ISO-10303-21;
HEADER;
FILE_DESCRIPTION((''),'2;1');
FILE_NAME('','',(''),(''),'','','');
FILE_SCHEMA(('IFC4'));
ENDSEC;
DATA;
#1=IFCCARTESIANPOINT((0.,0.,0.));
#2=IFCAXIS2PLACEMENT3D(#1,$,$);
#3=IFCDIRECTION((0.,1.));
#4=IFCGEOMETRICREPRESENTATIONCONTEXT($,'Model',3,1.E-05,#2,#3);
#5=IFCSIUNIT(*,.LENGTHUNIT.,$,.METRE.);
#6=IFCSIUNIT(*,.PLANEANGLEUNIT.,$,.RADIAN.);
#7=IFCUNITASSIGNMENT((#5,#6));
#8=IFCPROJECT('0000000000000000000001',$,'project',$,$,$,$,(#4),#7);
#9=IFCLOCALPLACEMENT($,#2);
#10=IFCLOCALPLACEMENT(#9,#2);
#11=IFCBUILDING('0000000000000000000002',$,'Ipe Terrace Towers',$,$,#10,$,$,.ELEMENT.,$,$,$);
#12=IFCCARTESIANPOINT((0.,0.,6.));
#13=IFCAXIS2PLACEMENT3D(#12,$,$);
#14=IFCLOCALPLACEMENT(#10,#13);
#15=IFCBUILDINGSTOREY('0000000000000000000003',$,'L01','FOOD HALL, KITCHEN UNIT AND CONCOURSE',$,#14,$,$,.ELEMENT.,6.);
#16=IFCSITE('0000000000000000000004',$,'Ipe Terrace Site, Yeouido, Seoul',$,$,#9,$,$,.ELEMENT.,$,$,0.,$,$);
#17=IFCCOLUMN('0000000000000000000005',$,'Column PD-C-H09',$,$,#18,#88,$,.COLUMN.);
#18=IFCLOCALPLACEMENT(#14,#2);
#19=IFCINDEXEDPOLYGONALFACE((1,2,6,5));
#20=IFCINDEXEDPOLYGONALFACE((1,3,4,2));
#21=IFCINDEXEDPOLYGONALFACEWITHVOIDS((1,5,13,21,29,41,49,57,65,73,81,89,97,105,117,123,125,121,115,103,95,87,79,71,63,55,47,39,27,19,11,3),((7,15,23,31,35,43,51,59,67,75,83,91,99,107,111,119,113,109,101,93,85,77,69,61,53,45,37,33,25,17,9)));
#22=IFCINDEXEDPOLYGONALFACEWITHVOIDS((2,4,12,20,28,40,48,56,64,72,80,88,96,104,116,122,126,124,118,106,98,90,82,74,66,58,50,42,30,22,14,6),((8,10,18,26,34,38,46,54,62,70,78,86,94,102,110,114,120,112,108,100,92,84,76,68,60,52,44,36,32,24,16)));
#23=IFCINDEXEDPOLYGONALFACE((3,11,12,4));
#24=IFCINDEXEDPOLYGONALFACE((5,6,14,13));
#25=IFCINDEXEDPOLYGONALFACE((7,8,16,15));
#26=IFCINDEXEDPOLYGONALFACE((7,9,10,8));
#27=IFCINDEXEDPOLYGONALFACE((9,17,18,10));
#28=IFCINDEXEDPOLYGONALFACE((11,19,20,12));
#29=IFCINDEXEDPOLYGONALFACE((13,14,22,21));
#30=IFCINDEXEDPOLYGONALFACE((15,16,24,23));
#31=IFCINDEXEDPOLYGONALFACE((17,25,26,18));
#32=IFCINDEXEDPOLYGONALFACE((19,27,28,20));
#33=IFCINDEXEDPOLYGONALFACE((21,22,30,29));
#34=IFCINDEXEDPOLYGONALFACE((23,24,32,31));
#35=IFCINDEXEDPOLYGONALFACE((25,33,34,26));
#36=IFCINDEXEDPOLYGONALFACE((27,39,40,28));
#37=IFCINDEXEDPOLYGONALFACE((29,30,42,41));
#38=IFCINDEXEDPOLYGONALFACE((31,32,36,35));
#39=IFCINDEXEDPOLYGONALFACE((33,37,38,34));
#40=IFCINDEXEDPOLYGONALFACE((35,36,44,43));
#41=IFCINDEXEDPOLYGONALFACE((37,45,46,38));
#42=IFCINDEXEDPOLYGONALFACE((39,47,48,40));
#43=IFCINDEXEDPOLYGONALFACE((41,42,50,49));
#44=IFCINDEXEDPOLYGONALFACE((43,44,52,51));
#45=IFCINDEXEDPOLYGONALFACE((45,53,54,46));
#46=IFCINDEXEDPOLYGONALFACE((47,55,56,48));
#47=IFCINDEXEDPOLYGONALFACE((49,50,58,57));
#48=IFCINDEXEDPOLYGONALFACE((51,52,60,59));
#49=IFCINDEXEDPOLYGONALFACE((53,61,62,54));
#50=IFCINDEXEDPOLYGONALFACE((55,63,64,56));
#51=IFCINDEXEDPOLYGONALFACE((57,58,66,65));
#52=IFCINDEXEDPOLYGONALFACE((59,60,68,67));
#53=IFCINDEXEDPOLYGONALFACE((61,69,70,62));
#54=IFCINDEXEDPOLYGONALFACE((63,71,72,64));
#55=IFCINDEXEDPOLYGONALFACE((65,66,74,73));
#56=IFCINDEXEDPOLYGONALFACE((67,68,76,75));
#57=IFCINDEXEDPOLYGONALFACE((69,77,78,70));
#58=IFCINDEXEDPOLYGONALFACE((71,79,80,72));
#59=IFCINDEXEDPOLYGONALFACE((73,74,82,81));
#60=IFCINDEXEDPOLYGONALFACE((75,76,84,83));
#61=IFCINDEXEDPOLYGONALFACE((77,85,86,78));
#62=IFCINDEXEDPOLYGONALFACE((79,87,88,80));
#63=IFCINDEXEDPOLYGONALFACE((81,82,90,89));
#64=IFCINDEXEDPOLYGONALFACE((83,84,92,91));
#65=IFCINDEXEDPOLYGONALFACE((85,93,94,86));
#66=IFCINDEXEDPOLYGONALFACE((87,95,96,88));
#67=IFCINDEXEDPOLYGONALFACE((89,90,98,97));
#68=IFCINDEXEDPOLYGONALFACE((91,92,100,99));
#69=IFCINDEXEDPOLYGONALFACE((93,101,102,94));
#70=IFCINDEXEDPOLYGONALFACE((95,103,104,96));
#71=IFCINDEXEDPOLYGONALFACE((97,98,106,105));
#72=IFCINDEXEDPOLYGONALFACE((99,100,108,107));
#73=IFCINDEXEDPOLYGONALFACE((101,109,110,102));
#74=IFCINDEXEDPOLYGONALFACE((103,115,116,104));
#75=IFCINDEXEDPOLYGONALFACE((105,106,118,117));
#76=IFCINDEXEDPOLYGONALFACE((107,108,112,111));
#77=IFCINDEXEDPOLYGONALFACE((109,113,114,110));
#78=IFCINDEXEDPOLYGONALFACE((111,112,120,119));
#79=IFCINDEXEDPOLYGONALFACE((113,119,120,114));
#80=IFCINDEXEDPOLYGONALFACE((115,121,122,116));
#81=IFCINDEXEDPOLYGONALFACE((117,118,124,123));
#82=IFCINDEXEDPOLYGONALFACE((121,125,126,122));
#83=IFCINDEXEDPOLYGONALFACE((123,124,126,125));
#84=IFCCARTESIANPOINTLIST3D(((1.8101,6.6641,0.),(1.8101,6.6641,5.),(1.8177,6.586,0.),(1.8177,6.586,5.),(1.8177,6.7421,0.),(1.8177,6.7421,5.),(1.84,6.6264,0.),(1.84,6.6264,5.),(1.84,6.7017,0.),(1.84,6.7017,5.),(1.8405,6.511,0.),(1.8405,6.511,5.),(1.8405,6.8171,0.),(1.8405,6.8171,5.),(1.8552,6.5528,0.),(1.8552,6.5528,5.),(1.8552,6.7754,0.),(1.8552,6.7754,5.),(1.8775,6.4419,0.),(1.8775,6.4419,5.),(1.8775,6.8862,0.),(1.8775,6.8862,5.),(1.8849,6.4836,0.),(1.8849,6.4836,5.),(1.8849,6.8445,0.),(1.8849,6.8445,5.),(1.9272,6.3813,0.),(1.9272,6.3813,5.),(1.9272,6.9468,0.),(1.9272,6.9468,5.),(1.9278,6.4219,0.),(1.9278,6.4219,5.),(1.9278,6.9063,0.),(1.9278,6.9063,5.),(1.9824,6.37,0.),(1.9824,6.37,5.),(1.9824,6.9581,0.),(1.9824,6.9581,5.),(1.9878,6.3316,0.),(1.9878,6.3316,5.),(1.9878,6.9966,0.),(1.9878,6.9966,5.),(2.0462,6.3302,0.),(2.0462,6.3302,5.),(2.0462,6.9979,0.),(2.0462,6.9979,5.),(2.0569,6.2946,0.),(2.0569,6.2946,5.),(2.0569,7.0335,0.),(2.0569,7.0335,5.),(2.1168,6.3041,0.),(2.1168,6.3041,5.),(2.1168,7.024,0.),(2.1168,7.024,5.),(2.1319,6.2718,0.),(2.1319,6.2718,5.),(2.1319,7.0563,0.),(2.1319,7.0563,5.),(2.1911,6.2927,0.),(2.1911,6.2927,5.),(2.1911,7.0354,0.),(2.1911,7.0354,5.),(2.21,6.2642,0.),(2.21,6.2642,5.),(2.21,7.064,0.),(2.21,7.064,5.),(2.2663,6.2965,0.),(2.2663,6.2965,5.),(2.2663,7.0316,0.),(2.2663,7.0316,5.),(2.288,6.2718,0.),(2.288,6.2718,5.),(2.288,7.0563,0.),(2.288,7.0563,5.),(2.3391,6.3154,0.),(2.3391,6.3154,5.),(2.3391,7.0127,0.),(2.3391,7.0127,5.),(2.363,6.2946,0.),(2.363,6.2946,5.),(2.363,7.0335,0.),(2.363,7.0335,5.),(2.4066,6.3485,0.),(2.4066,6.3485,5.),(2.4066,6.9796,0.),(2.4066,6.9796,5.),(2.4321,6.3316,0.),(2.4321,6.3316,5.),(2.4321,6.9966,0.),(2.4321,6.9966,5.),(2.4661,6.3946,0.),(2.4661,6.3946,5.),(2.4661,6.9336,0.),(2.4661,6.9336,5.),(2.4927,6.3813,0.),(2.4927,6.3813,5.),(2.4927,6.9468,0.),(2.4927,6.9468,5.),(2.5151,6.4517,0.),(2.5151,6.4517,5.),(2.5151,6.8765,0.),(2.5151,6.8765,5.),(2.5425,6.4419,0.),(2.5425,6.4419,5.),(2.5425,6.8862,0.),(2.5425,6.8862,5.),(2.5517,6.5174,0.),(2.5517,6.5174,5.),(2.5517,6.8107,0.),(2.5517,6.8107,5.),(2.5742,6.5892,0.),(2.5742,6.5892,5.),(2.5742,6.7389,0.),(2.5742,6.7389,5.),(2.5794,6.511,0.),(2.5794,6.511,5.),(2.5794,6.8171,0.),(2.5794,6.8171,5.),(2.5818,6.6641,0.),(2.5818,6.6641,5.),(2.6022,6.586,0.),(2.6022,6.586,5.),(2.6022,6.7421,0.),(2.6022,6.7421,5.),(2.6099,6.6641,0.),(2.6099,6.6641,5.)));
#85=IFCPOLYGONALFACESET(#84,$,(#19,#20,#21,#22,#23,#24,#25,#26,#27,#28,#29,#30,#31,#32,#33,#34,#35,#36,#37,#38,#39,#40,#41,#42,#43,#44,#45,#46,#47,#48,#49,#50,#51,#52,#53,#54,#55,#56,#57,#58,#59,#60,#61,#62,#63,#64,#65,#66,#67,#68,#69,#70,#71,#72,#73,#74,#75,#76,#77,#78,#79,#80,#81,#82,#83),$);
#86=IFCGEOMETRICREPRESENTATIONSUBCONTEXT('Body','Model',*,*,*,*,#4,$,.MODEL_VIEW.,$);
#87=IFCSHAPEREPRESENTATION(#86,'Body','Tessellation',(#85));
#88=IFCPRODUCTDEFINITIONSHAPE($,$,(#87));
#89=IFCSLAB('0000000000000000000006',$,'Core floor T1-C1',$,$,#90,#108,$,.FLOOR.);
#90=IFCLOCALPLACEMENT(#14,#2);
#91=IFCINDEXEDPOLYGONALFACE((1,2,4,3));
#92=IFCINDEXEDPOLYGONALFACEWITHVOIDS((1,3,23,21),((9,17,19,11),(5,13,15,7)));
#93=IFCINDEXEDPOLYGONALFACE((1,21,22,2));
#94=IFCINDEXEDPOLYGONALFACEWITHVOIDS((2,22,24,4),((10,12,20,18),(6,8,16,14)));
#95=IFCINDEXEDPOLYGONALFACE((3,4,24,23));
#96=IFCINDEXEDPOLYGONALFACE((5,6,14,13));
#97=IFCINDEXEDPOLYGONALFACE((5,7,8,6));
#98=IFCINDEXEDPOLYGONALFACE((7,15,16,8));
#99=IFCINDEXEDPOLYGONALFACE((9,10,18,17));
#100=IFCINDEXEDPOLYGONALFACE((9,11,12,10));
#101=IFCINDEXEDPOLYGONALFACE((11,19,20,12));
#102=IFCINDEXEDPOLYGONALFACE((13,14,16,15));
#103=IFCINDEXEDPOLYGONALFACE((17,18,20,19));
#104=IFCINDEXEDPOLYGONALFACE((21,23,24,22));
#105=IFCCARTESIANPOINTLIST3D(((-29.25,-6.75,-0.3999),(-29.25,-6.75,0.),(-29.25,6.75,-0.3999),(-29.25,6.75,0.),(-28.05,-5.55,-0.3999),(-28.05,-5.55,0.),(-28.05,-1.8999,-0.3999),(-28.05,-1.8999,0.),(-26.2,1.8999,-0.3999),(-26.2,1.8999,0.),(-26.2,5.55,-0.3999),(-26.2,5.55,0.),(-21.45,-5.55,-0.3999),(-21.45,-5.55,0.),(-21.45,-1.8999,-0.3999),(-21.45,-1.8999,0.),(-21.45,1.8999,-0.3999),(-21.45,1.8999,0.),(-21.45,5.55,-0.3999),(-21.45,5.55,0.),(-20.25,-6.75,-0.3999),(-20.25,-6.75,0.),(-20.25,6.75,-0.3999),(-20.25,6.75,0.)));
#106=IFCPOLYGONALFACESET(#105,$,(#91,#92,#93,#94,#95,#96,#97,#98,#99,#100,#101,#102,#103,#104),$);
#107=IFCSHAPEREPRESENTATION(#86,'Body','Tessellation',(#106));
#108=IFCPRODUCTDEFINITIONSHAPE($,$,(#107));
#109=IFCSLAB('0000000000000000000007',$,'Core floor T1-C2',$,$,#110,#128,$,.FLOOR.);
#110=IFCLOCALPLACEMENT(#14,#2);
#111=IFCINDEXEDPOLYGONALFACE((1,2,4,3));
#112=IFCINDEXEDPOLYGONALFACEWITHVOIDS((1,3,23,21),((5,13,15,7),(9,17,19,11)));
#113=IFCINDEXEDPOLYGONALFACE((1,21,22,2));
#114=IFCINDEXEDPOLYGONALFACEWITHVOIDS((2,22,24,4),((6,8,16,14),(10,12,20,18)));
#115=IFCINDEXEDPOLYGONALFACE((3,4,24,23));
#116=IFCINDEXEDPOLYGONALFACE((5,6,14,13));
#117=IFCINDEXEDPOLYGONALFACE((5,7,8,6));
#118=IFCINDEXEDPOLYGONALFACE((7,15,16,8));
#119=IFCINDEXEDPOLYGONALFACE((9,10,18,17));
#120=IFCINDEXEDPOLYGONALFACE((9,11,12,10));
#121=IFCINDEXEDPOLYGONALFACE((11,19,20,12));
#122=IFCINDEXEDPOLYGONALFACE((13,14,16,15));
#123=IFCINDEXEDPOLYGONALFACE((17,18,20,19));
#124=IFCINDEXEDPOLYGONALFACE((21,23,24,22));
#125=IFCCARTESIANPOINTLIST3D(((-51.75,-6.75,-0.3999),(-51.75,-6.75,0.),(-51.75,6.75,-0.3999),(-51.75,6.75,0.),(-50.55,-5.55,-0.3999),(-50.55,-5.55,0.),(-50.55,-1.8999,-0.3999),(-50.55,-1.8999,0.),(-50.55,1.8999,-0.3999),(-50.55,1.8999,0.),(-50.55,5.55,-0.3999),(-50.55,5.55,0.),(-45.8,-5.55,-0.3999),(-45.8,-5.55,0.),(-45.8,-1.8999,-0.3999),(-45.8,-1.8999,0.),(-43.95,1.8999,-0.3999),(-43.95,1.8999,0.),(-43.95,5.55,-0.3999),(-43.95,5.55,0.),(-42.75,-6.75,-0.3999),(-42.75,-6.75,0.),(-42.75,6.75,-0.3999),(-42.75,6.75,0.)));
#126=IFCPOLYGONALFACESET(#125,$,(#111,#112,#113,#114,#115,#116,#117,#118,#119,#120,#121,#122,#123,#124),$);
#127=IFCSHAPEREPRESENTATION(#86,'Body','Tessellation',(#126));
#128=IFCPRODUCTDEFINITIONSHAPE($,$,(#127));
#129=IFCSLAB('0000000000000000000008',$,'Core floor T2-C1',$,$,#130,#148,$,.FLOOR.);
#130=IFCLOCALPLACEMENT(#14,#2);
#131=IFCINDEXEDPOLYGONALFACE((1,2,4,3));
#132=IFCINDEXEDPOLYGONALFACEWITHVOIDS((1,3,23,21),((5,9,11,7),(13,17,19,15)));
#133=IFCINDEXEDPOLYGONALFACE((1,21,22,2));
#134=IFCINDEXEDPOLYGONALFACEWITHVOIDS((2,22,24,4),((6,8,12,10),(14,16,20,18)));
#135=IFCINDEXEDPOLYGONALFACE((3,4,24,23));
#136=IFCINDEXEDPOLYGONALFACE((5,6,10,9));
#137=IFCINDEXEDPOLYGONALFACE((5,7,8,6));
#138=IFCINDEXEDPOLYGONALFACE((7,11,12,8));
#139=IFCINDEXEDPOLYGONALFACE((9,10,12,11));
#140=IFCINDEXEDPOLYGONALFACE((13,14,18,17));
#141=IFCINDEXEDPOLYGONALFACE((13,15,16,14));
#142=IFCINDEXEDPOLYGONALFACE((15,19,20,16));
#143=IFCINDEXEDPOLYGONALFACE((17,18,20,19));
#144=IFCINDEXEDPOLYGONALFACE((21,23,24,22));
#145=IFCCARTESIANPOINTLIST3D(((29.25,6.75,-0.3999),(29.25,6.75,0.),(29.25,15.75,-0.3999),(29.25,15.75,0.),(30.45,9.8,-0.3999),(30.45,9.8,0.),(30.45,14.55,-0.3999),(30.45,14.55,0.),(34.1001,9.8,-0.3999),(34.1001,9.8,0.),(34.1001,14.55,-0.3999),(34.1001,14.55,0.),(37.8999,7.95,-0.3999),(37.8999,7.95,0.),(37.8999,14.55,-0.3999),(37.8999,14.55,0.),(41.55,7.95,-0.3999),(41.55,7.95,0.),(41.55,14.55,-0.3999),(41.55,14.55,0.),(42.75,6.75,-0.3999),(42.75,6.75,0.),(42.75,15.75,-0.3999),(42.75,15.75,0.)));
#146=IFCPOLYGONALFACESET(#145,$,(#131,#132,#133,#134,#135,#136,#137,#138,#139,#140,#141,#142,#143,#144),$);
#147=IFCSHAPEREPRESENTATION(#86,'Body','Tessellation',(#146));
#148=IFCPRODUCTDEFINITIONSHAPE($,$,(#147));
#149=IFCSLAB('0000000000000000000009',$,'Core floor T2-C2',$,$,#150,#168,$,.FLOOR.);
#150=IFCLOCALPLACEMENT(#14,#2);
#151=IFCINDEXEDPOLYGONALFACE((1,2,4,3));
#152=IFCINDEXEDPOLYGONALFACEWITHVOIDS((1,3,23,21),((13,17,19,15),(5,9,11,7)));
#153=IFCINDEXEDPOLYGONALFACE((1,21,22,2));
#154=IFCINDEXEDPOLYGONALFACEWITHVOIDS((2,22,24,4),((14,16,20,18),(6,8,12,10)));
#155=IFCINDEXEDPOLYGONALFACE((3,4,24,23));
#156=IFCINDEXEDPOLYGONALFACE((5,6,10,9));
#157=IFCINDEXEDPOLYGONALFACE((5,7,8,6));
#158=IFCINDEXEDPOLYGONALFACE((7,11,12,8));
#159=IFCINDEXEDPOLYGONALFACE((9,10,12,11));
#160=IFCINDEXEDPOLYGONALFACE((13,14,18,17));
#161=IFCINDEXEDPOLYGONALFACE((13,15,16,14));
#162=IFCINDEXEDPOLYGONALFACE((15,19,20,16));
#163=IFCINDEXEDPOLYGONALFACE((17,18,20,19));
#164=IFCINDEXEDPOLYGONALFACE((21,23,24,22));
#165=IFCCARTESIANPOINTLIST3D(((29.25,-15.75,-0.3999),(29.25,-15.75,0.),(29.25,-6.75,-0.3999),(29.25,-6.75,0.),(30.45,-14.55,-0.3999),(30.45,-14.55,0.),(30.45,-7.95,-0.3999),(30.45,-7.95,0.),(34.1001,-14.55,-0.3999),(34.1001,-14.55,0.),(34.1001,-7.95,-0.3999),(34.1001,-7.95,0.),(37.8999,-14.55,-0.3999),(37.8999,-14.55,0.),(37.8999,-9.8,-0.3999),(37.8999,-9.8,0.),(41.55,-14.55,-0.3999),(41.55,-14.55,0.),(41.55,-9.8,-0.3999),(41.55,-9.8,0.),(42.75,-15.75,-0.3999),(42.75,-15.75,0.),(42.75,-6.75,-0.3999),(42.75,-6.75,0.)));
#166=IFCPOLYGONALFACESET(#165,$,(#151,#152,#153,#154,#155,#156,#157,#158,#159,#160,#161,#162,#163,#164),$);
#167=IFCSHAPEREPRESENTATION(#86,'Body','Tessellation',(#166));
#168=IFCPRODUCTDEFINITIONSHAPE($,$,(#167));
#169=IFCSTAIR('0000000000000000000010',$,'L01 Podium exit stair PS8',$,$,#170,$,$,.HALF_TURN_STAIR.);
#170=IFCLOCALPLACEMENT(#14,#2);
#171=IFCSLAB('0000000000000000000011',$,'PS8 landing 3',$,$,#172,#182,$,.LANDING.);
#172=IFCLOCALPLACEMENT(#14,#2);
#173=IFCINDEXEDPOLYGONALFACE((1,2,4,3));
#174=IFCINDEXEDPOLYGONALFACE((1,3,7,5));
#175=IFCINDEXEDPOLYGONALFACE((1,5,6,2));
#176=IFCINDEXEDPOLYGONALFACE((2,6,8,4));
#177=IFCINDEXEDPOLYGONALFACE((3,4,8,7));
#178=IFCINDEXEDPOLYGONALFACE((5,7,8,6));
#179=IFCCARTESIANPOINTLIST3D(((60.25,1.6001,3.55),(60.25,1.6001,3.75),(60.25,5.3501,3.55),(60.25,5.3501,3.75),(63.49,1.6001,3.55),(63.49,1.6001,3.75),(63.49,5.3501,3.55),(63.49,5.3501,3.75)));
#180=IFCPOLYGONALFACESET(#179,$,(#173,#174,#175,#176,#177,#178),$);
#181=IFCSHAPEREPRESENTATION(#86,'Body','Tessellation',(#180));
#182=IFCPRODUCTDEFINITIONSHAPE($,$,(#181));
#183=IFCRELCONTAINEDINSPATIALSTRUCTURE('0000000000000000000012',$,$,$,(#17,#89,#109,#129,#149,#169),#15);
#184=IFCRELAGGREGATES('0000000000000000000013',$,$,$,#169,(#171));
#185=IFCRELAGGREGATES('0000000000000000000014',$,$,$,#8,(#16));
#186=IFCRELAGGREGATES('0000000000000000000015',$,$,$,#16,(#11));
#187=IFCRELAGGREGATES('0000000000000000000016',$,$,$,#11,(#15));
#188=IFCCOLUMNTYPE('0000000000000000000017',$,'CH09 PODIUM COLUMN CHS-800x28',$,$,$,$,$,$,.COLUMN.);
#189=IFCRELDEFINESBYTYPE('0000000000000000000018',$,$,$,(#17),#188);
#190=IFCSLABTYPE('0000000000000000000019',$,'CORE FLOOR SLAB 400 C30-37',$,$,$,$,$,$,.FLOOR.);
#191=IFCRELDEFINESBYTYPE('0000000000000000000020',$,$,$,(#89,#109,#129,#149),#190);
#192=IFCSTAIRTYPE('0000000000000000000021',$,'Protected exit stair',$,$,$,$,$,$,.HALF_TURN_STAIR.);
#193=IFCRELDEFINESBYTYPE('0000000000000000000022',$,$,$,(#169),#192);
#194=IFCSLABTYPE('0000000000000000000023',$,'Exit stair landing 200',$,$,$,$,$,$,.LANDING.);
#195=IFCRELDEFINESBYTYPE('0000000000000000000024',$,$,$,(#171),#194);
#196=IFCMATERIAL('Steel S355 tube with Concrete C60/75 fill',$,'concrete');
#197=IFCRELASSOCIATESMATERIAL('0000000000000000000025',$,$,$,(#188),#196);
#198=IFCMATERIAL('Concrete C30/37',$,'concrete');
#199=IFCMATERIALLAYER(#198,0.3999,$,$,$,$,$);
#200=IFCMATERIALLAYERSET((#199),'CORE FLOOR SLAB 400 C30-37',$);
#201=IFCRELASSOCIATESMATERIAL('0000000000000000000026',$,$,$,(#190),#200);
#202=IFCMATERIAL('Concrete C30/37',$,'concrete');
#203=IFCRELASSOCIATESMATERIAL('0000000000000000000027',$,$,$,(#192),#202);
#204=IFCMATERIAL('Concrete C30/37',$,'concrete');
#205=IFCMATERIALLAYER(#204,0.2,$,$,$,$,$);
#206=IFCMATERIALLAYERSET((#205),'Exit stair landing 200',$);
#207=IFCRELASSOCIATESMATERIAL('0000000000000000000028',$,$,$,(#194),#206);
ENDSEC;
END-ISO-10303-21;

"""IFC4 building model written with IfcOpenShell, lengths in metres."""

from ifc_helpers import new_model, si_unit, direction, frame, origin, origin_2d, place, context, subcontext, project, spatial, polyline, hollow_circle, outline, extrude, material, layer, layer_set, material_profile, profile_set, type_object, element, aggregate, save


model = new_model("IFC4")

# Units and contexts
model_context = context("Model", 3, precision=1e-05, world=origin(), true_north=direction((0.0, 1.0)))
body_context = subcontext(model_context, "Body", "Model", "MODEL_VIEW")
ifc_project = project(units=[si_unit("LENGTHUNIT", "METRE"), si_unit("PLANEANGLEUNIT", "RADIAN")], contexts=[model_context])

# Site, building, storey
site_placement = place(None, origin())
site = spatial("IfcSite", under=ifc_project, at=site_placement, Name="Ipe Terrace Site, Yeouido, Seoul", CompositionType="ELEMENT", RefElevation=0.0)
building_placement = place(site_placement, origin())
building = spatial("IfcBuilding", under=site, at=building_placement, Name="Ipe Terrace Towers", CompositionType="ELEMENT")
storey_placement = place(building_placement, frame((0.0, 0.0, 6.0)))
storey = spatial("IfcBuildingStorey", under=building, at=storey_placement, Name="L01", Description="FOOD HALL, KITCHEN UNIT AND CONCOURSE", CompositionType="ELEMENT", Elevation=6.0)

# Column
ifc_material_1 = material(Name="Steel S355 tube with Concrete C60/75 fill", Category="concrete")
ifc_material_profile_1 = material_profile(ifc_material_1, hollow_circle(Radius=0.3999, WallThickness=0.0281, at=origin_2d()), Name="CHS-800x28")
ifc_profile_set_1 = profile_set([ifc_material_profile_1], Name="Steel S355 tube with Concrete C60/75 fill")
column_type_1 = type_object("IfcColumnType", Name="CH09 PODIUM COLUMN CHS-800x28", PredefinedType="COLUMN", material=ifc_profile_set_1)
column_placement = place(storey_placement, frame((2.21, 6.6641, 0.0), z_axis=(0.0, 0.0, 1.0), x_axis=(1.0, 0.0, 0.0)))
element("IfcColumn", 1, at=column_placement, inside=storey, type_object=column_type_1, Name="Column PD-C-H09", PredefinedType="COLUMN", context=body_context, shape_type="SweptSolid", body=[
    extrude(hollow_circle(Radius=0.3999, WallThickness=0.0281, at=origin_2d()), origin(), (0.0, 0.0, 1.0), 5.0),
])

# Slabs
ifc_material_2 = material(Name="Concrete C30/37", Category="concrete")
ifc_layer_1 = layer(ifc_material_2, 0.3999)
ifc_layer_set_1 = layer_set([ifc_layer_1], Name="CORE FLOOR SLAB 400 C30-37")
slab_type_1 = type_object("IfcSlabType", Name="CORE FLOOR SLAB 400 C30-37", PredefinedType="FLOOR", material=ifc_layer_set_1)
slab_1_placement = place(storey_placement, frame((0.0, 0.0, -0.3999)))
element("IfcSlab", 2, at=slab_1_placement, inside=storey, type_object=slab_type_1, Name="Core floor T1-C1", PredefinedType="FLOOR", context=body_context, shape_type="SweptSolid", body=[
    extrude(outline(polyline([(-29.25, -6.75), (-29.25, 6.75), (-20.25, 6.75), (-20.25, -6.75), (-29.25, -6.75)]), holes=[polyline([(-28.05, -5.55), (-21.45, -5.55), (-21.45, -1.8999), (-28.05, -1.8999), (-28.05, -5.55)]), polyline([(-26.2, 5.55), (-26.2, 1.8999), (-21.45, 1.8999), (-21.45, 5.55), (-26.2, 5.55)])]), origin(), (0.0, 0.0, 1.0), 0.3999),
])
slab_2_placement = place(storey_placement, frame((0.0, 0.0, -0.3999)))
element("IfcSlab", 3, at=slab_2_placement, inside=storey, type_object=slab_type_1, Name="Core floor T1-C2", PredefinedType="FLOOR", context=body_context, shape_type="SweptSolid", body=[
    extrude(outline(polyline([(-51.75, -6.75), (-51.75, 6.75), (-42.75, 6.75), (-42.75, -6.75), (-51.75, -6.75)]), holes=[polyline([(-45.8, -5.55), (-45.8, -1.8999), (-50.55, -1.8999), (-50.55, -5.55), (-45.8, -5.55)]), polyline([(-50.55, 1.8999), (-43.95, 1.8999), (-43.95, 5.55), (-50.55, 5.55), (-50.55, 1.8999)])]), origin(), (0.0, 0.0, 1.0), 0.3999),
])
slab_3_placement = place(storey_placement, frame((0.0, 0.0, -0.3999)))
element("IfcSlab", 4, at=slab_3_placement, inside=storey, type_object=slab_type_1, Name="Core floor T2-C1", PredefinedType="FLOOR", context=body_context, shape_type="SweptSolid", body=[
    extrude(outline(polyline([(29.25, 6.75), (29.25, 15.75), (42.75, 15.75), (42.75, 6.75), (29.25, 6.75)]), holes=[polyline([(41.55, 7.95), (41.55, 14.55), (37.8999, 14.55), (37.8999, 7.95), (41.55, 7.95)]), polyline([(30.45, 9.8), (34.1001, 9.8), (34.1001, 14.55), (30.45, 14.55), (30.45, 9.8)])]), origin(), (0.0, 0.0, 1.0), 0.3999),
])
slab_4_placement = place(storey_placement, frame((0.0, 0.0, -0.3999)))
element("IfcSlab", 5, at=slab_4_placement, inside=storey, type_object=slab_type_1, Name="Core floor T2-C2", PredefinedType="FLOOR", context=body_context, shape_type="SweptSolid", body=[
    extrude(outline(polyline([(29.25, -15.75), (29.25, -6.75), (42.75, -6.75), (42.75, -15.75), (29.25, -15.75)]), holes=[polyline([(34.1001, -14.55), (34.1001, -7.95), (30.45, -7.95), (30.45, -14.55), (34.1001, -14.55)]), polyline([(41.55, -9.8), (37.8999, -9.8), (37.8999, -14.55), (41.55, -14.55), (41.55, -9.8)])]), origin(), (0.0, 0.0, 1.0), 0.3999),
])

# Stair, slab
ifc_material_3 = material(Name="Concrete C30/37", Category="concrete")
stair_type = type_object("IfcStairType", Name="Protected exit stair", PredefinedType="HALF_TURN_STAIR", material=ifc_material_3)
stair_placement = place(storey_placement, origin())
stair = element("IfcStair", 6, at=stair_placement, inside=storey, type_object=stair_type, Name="L01 Podium exit stair PS8", PredefinedType="HALF_TURN_STAIR")
ifc_material_4 = material(Name="Concrete C30/37", Category="concrete")
ifc_layer_2 = layer(ifc_material_4, 0.2)
ifc_layer_set_2 = layer_set([ifc_layer_2], Name="Exit stair landing 200")
slab_type_2 = type_object("IfcSlabType", Name="Exit stair landing 200", PredefinedType="LANDING", material=ifc_layer_set_2)
slab_5_placement = place(storey_placement, frame((0.0, 0.0, 3.55)))
slab_5 = element("IfcSlab", 7, at=slab_5_placement, type_object=slab_type_2, Name="PS8 landing 3", PredefinedType="LANDING", context=body_context, shape_type="SweptSolid", body=[
    extrude(outline(polyline([(60.25, 1.6001), (63.49, 1.6001), (63.49, 5.3501), (60.25, 5.3501), (60.25, 1.6001)])), origin(), (0.0, 0.0, 1.0), 0.2),
])
aggregate(stair, [slab_5])

save(model, "model.ifc")
